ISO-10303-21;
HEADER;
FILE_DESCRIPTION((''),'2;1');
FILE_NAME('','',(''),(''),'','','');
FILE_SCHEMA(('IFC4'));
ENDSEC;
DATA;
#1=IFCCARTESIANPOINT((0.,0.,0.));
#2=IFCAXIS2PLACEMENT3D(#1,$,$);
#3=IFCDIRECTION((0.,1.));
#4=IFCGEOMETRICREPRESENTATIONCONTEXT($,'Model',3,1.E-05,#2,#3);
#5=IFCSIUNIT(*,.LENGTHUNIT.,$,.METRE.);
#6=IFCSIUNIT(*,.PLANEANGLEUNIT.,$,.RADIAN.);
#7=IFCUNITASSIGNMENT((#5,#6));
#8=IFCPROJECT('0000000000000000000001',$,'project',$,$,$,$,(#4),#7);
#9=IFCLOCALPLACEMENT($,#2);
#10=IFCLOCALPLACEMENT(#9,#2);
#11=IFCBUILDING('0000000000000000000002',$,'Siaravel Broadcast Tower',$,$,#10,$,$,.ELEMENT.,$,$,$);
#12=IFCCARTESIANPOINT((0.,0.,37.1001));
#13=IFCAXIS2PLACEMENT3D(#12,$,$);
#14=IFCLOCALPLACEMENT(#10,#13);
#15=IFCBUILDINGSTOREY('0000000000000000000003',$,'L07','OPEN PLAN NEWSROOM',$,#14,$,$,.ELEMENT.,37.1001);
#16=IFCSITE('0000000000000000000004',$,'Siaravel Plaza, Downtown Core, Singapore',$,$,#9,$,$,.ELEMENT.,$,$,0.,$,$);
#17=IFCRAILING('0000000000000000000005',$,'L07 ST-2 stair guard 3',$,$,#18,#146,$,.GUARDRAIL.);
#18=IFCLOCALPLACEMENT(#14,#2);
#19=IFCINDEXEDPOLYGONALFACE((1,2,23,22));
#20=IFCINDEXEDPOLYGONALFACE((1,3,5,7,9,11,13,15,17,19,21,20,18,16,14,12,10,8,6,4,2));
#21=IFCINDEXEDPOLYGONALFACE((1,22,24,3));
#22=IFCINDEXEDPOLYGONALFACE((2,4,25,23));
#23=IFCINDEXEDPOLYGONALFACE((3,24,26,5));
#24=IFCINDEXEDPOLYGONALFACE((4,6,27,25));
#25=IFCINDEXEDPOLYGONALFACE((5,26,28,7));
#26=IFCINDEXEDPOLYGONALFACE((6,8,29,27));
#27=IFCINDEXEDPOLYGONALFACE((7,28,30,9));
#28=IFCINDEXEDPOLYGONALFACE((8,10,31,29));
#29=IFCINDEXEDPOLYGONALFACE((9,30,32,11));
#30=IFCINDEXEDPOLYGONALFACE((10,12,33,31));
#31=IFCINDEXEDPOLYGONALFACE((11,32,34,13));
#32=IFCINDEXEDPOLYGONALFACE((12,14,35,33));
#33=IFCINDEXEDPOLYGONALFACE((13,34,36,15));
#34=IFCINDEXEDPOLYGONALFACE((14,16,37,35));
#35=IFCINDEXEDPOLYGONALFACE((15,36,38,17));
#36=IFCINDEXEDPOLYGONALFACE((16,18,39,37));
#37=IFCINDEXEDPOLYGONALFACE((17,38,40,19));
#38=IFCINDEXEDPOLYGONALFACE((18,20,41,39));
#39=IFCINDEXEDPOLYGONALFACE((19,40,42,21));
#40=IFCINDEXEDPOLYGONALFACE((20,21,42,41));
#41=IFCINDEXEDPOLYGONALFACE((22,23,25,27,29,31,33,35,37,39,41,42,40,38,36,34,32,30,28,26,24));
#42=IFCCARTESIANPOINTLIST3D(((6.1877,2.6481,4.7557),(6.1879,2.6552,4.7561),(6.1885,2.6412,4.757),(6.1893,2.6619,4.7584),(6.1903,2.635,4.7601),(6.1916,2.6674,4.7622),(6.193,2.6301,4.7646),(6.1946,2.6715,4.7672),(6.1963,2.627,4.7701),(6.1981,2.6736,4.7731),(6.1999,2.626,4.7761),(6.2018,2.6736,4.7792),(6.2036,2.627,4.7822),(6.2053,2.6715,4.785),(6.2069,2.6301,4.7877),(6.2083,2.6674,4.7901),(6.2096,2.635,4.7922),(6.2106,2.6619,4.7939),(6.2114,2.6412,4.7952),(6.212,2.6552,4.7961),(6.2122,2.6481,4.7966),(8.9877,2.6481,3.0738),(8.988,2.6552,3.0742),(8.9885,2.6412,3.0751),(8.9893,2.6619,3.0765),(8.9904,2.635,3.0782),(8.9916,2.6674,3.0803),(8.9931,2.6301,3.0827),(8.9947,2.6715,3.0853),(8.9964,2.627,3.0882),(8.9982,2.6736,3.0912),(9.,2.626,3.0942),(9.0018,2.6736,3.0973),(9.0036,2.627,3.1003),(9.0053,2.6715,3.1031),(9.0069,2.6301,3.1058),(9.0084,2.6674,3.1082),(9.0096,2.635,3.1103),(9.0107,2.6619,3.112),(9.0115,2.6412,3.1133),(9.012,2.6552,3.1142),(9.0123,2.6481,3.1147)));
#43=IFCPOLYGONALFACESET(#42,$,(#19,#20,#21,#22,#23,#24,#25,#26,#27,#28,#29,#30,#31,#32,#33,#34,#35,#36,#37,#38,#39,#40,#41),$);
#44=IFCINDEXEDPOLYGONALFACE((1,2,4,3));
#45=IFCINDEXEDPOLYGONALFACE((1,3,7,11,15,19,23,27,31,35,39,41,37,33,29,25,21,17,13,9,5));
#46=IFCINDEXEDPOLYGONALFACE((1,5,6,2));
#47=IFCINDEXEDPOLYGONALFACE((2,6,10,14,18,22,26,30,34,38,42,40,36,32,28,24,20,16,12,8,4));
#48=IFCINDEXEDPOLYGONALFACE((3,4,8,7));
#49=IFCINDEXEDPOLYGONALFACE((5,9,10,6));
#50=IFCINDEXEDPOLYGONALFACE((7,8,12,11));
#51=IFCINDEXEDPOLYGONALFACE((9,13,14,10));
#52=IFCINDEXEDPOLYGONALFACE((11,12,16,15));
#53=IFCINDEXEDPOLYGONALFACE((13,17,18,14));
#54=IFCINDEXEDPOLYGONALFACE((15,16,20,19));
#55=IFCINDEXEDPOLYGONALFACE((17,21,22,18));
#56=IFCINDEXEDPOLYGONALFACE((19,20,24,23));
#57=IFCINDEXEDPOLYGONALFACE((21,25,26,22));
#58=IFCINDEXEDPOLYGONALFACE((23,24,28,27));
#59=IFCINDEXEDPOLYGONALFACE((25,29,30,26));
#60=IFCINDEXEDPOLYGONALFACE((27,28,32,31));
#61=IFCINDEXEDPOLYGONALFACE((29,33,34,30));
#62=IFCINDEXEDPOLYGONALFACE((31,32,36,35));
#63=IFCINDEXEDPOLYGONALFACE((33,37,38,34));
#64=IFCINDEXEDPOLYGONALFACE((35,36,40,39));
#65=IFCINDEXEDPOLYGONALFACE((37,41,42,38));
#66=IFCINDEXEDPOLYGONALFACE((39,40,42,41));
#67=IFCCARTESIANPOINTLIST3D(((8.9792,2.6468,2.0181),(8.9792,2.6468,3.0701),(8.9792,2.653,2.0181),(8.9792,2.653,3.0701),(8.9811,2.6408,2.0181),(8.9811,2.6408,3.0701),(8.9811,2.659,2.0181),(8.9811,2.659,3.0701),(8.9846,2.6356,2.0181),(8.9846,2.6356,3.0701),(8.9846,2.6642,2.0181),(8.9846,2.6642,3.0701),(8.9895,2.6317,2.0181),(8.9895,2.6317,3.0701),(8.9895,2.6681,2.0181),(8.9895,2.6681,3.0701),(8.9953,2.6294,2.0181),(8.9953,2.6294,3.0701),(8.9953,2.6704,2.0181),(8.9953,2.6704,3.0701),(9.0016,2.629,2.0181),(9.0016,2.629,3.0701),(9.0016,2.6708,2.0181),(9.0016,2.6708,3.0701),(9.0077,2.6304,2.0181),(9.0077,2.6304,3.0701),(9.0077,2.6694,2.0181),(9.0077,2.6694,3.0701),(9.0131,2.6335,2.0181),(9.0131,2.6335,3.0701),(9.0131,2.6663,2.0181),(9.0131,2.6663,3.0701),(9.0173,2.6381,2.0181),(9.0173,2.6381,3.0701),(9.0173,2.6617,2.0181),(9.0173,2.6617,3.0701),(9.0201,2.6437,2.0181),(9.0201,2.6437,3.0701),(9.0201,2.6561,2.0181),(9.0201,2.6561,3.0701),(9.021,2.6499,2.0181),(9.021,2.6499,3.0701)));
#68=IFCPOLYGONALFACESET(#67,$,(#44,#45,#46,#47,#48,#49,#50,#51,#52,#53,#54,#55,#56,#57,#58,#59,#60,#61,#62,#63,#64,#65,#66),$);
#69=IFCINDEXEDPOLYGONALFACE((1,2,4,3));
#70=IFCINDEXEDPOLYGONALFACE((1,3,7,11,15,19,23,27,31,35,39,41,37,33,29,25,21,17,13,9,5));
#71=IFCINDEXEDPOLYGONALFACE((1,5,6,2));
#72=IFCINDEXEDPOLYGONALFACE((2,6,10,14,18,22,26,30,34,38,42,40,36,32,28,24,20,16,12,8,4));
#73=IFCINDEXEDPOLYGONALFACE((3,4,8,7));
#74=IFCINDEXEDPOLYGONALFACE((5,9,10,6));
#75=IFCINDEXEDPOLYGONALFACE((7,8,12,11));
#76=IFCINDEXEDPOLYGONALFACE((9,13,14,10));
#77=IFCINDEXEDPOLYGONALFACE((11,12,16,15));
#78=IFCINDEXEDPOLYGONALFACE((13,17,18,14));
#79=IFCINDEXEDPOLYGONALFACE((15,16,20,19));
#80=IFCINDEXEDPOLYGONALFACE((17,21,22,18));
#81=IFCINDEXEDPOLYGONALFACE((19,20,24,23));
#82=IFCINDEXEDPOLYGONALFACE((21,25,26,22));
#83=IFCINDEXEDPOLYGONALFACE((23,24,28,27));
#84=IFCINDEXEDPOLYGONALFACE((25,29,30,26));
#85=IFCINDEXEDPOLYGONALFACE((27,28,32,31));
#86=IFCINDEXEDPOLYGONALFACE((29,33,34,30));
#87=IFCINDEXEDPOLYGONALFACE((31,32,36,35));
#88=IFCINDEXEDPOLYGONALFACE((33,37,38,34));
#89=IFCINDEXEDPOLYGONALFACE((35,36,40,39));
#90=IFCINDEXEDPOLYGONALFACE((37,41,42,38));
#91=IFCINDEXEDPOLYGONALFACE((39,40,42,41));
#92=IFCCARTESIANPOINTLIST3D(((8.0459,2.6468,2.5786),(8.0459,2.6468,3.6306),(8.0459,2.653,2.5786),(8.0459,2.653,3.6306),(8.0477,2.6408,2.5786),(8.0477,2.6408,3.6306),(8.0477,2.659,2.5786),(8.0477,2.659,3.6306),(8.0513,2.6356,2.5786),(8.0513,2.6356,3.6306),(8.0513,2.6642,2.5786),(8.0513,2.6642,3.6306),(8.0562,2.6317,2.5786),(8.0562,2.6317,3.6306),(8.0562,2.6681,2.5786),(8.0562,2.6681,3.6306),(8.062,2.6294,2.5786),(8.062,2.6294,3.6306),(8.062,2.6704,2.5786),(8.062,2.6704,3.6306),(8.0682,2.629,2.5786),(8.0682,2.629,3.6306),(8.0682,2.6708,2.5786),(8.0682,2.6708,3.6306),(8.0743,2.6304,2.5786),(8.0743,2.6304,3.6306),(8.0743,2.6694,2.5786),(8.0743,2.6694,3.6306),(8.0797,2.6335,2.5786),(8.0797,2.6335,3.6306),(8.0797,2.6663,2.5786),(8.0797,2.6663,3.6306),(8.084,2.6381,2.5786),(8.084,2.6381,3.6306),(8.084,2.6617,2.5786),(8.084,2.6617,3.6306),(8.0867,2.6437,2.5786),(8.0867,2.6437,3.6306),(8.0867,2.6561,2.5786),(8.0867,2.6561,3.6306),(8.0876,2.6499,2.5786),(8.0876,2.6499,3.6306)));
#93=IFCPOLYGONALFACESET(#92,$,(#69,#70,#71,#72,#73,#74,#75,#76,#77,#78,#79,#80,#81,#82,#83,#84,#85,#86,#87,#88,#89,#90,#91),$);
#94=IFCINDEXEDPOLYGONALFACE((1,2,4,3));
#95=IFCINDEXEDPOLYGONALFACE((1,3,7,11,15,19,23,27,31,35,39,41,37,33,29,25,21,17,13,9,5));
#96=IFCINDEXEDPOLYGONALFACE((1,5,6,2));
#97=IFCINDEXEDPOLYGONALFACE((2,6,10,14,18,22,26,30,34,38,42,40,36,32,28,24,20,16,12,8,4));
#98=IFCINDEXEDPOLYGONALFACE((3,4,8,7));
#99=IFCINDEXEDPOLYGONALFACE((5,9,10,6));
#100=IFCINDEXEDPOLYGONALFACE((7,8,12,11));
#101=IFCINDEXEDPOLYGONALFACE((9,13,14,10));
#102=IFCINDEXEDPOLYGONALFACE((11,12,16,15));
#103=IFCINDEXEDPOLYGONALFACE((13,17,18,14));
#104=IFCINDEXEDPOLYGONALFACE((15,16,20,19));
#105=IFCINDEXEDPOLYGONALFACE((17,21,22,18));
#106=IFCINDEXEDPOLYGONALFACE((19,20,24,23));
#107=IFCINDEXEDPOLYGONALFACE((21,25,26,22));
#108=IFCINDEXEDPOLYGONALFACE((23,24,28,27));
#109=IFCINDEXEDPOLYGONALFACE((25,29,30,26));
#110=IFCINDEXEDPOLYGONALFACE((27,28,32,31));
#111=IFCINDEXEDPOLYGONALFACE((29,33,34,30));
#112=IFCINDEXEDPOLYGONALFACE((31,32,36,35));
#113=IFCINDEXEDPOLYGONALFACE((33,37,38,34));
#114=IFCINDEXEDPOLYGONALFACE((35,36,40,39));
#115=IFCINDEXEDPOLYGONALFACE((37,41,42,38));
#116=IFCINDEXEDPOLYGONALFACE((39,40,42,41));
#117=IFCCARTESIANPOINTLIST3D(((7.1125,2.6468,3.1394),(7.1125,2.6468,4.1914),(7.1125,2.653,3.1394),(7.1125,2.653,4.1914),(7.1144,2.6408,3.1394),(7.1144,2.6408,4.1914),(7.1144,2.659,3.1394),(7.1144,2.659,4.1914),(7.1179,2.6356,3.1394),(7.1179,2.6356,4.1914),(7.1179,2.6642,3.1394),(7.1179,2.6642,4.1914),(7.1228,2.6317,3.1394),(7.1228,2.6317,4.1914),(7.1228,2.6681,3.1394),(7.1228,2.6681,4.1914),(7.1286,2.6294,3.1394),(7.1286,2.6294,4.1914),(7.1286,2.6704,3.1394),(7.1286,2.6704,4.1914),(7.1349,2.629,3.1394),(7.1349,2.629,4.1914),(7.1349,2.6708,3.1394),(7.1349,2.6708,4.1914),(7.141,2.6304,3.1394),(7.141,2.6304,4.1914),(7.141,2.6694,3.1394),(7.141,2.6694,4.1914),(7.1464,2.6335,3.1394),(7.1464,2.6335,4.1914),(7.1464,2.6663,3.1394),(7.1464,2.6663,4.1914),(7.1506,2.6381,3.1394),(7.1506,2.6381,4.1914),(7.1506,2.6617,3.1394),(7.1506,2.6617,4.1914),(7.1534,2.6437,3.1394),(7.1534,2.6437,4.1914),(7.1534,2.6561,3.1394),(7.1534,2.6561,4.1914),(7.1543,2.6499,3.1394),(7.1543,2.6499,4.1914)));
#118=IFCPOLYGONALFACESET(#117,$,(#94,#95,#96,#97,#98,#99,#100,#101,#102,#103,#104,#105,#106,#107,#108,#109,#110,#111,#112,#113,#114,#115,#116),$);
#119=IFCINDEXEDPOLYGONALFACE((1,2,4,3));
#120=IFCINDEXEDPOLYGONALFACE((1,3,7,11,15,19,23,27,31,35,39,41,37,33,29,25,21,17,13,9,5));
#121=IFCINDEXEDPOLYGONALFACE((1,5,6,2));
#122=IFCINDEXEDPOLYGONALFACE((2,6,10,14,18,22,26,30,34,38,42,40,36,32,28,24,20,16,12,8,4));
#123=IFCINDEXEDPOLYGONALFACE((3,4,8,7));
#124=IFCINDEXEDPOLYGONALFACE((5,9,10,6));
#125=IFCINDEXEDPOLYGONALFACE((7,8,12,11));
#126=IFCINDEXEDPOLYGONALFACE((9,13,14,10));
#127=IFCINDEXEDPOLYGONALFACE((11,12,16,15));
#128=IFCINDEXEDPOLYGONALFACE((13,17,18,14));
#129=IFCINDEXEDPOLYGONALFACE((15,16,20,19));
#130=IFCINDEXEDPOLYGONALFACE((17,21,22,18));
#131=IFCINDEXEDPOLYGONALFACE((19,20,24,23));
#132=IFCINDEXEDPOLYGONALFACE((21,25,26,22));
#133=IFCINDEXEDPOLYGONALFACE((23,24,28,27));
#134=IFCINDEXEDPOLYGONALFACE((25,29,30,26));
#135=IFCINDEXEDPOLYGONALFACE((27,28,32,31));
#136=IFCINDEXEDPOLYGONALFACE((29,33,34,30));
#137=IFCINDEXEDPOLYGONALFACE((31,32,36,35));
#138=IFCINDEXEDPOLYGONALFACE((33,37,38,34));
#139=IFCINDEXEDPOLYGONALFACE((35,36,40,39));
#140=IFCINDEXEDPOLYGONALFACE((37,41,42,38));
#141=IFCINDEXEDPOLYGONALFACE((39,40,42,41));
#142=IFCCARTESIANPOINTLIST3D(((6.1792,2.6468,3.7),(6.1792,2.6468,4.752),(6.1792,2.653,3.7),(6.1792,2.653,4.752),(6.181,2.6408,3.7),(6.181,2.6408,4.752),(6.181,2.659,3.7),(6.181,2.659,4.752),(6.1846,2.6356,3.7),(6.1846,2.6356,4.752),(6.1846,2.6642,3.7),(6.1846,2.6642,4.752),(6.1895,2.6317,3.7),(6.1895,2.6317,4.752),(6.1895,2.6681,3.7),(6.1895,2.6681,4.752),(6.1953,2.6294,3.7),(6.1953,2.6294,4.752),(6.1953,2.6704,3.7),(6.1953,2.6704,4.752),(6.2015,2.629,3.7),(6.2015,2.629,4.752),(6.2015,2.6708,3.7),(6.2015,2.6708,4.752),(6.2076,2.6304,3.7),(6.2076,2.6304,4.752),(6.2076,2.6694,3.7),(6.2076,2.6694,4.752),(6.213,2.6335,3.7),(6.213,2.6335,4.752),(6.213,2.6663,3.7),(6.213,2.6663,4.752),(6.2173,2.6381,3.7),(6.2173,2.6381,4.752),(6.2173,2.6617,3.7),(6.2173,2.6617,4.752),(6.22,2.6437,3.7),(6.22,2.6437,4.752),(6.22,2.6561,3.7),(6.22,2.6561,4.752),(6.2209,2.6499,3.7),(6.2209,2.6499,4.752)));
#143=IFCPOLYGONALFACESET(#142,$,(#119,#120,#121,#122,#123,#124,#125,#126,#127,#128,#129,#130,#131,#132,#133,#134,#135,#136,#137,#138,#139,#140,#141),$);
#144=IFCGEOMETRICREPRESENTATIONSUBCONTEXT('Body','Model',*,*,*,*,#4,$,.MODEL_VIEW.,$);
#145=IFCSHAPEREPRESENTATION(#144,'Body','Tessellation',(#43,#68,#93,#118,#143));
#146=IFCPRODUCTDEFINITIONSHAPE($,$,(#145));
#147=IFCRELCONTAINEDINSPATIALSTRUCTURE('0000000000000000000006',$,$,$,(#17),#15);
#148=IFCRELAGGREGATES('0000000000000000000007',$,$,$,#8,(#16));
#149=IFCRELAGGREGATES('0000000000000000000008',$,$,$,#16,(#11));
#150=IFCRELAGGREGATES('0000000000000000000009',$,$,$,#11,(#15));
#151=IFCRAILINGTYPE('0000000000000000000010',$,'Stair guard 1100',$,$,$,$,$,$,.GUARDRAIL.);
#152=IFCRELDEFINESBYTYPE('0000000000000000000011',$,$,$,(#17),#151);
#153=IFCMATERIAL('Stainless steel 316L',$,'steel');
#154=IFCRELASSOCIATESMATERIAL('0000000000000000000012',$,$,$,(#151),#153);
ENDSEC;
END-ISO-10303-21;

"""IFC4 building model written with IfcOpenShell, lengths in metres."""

from ifc_helpers import new_model, si_unit, direction, frame, origin, origin_2d, place, context, subcontext, project, spatial, circle, extrude, material, type_object, element, save


model = new_model("IFC4")

# Units and contexts
model_context = context("Model", 3, precision=1e-05, world=origin(), true_north=direction((0.0, 1.0)))
body_context = subcontext(model_context, "Body", "Model", "MODEL_VIEW")
ifc_project = project(units=[si_unit("LENGTHUNIT", "METRE"), si_unit("PLANEANGLEUNIT", "RADIAN")], contexts=[model_context])

# Site, building, storey
site_placement = place(None, origin())
site = spatial("IfcSite", under=ifc_project, at=site_placement, Name="Siaravel Plaza, Downtown Core, Singapore", CompositionType="ELEMENT", RefElevation=0.0)
building_placement = place(site_placement, origin())
building = spatial("IfcBuilding", under=site, at=building_placement, Name="Siaravel Broadcast Tower", CompositionType="ELEMENT")
storey_placement = place(building_placement, frame((0.0, 0.0, 37.1001)))
storey = spatial("IfcBuildingStorey", under=building, at=storey_placement, Name="L07", Description="OPEN PLAN NEWSROOM", CompositionType="ELEMENT", Elevation=37.1001)

# Railing
ifc_material_1 = material(Name="Stainless steel 316L", Category="steel")
railing_type_1 = type_object("IfcRailingType", Name="Stair guard 1100", PredefinedType="GUARDRAIL", material=ifc_material_1)
railing_1_placement = place(storey_placement, frame((9.0, 2.6499, 2.0181)))
element("IfcRailing", 1, at=railing_1_placement, inside=storey, type_object=railing_type_1, Name="L07 ST-2 stair guard 3", PredefinedType="GUARDRAIL", context=body_context, shape_type="SweptSolid", body=[
    extrude(circle(Radius=0.0239, at=origin_2d()), frame((0.0, 0.0, 1.0762), z_axis=(-0.857242, 0.0, 0.514913), x_axis=(0.0, -1.0, 0.0)), (0.0, 0.0, 1.0), 3.2664),
    extrude(circle(Radius=0.021, at=origin_2d()), origin(), (0.0, 0.0, 1.0), 1.052),
    extrude(circle(Radius=0.021, at=origin_2d()), frame((-0.9333, 0.0, 0.5605)), (0.0, 0.0, 1.0), 1.052),
    extrude(circle(Radius=0.021, at=origin_2d()), frame((-1.8667, 0.0, 1.1213)), (0.0, 0.0, 1.0), 1.052),
    extrude(circle(Radius=0.021, at=origin_2d()), frame((-2.8, 0.0, 1.6819)), (0.0, 0.0, 1.0), 1.052),
])

save(model, "model.ifc")
